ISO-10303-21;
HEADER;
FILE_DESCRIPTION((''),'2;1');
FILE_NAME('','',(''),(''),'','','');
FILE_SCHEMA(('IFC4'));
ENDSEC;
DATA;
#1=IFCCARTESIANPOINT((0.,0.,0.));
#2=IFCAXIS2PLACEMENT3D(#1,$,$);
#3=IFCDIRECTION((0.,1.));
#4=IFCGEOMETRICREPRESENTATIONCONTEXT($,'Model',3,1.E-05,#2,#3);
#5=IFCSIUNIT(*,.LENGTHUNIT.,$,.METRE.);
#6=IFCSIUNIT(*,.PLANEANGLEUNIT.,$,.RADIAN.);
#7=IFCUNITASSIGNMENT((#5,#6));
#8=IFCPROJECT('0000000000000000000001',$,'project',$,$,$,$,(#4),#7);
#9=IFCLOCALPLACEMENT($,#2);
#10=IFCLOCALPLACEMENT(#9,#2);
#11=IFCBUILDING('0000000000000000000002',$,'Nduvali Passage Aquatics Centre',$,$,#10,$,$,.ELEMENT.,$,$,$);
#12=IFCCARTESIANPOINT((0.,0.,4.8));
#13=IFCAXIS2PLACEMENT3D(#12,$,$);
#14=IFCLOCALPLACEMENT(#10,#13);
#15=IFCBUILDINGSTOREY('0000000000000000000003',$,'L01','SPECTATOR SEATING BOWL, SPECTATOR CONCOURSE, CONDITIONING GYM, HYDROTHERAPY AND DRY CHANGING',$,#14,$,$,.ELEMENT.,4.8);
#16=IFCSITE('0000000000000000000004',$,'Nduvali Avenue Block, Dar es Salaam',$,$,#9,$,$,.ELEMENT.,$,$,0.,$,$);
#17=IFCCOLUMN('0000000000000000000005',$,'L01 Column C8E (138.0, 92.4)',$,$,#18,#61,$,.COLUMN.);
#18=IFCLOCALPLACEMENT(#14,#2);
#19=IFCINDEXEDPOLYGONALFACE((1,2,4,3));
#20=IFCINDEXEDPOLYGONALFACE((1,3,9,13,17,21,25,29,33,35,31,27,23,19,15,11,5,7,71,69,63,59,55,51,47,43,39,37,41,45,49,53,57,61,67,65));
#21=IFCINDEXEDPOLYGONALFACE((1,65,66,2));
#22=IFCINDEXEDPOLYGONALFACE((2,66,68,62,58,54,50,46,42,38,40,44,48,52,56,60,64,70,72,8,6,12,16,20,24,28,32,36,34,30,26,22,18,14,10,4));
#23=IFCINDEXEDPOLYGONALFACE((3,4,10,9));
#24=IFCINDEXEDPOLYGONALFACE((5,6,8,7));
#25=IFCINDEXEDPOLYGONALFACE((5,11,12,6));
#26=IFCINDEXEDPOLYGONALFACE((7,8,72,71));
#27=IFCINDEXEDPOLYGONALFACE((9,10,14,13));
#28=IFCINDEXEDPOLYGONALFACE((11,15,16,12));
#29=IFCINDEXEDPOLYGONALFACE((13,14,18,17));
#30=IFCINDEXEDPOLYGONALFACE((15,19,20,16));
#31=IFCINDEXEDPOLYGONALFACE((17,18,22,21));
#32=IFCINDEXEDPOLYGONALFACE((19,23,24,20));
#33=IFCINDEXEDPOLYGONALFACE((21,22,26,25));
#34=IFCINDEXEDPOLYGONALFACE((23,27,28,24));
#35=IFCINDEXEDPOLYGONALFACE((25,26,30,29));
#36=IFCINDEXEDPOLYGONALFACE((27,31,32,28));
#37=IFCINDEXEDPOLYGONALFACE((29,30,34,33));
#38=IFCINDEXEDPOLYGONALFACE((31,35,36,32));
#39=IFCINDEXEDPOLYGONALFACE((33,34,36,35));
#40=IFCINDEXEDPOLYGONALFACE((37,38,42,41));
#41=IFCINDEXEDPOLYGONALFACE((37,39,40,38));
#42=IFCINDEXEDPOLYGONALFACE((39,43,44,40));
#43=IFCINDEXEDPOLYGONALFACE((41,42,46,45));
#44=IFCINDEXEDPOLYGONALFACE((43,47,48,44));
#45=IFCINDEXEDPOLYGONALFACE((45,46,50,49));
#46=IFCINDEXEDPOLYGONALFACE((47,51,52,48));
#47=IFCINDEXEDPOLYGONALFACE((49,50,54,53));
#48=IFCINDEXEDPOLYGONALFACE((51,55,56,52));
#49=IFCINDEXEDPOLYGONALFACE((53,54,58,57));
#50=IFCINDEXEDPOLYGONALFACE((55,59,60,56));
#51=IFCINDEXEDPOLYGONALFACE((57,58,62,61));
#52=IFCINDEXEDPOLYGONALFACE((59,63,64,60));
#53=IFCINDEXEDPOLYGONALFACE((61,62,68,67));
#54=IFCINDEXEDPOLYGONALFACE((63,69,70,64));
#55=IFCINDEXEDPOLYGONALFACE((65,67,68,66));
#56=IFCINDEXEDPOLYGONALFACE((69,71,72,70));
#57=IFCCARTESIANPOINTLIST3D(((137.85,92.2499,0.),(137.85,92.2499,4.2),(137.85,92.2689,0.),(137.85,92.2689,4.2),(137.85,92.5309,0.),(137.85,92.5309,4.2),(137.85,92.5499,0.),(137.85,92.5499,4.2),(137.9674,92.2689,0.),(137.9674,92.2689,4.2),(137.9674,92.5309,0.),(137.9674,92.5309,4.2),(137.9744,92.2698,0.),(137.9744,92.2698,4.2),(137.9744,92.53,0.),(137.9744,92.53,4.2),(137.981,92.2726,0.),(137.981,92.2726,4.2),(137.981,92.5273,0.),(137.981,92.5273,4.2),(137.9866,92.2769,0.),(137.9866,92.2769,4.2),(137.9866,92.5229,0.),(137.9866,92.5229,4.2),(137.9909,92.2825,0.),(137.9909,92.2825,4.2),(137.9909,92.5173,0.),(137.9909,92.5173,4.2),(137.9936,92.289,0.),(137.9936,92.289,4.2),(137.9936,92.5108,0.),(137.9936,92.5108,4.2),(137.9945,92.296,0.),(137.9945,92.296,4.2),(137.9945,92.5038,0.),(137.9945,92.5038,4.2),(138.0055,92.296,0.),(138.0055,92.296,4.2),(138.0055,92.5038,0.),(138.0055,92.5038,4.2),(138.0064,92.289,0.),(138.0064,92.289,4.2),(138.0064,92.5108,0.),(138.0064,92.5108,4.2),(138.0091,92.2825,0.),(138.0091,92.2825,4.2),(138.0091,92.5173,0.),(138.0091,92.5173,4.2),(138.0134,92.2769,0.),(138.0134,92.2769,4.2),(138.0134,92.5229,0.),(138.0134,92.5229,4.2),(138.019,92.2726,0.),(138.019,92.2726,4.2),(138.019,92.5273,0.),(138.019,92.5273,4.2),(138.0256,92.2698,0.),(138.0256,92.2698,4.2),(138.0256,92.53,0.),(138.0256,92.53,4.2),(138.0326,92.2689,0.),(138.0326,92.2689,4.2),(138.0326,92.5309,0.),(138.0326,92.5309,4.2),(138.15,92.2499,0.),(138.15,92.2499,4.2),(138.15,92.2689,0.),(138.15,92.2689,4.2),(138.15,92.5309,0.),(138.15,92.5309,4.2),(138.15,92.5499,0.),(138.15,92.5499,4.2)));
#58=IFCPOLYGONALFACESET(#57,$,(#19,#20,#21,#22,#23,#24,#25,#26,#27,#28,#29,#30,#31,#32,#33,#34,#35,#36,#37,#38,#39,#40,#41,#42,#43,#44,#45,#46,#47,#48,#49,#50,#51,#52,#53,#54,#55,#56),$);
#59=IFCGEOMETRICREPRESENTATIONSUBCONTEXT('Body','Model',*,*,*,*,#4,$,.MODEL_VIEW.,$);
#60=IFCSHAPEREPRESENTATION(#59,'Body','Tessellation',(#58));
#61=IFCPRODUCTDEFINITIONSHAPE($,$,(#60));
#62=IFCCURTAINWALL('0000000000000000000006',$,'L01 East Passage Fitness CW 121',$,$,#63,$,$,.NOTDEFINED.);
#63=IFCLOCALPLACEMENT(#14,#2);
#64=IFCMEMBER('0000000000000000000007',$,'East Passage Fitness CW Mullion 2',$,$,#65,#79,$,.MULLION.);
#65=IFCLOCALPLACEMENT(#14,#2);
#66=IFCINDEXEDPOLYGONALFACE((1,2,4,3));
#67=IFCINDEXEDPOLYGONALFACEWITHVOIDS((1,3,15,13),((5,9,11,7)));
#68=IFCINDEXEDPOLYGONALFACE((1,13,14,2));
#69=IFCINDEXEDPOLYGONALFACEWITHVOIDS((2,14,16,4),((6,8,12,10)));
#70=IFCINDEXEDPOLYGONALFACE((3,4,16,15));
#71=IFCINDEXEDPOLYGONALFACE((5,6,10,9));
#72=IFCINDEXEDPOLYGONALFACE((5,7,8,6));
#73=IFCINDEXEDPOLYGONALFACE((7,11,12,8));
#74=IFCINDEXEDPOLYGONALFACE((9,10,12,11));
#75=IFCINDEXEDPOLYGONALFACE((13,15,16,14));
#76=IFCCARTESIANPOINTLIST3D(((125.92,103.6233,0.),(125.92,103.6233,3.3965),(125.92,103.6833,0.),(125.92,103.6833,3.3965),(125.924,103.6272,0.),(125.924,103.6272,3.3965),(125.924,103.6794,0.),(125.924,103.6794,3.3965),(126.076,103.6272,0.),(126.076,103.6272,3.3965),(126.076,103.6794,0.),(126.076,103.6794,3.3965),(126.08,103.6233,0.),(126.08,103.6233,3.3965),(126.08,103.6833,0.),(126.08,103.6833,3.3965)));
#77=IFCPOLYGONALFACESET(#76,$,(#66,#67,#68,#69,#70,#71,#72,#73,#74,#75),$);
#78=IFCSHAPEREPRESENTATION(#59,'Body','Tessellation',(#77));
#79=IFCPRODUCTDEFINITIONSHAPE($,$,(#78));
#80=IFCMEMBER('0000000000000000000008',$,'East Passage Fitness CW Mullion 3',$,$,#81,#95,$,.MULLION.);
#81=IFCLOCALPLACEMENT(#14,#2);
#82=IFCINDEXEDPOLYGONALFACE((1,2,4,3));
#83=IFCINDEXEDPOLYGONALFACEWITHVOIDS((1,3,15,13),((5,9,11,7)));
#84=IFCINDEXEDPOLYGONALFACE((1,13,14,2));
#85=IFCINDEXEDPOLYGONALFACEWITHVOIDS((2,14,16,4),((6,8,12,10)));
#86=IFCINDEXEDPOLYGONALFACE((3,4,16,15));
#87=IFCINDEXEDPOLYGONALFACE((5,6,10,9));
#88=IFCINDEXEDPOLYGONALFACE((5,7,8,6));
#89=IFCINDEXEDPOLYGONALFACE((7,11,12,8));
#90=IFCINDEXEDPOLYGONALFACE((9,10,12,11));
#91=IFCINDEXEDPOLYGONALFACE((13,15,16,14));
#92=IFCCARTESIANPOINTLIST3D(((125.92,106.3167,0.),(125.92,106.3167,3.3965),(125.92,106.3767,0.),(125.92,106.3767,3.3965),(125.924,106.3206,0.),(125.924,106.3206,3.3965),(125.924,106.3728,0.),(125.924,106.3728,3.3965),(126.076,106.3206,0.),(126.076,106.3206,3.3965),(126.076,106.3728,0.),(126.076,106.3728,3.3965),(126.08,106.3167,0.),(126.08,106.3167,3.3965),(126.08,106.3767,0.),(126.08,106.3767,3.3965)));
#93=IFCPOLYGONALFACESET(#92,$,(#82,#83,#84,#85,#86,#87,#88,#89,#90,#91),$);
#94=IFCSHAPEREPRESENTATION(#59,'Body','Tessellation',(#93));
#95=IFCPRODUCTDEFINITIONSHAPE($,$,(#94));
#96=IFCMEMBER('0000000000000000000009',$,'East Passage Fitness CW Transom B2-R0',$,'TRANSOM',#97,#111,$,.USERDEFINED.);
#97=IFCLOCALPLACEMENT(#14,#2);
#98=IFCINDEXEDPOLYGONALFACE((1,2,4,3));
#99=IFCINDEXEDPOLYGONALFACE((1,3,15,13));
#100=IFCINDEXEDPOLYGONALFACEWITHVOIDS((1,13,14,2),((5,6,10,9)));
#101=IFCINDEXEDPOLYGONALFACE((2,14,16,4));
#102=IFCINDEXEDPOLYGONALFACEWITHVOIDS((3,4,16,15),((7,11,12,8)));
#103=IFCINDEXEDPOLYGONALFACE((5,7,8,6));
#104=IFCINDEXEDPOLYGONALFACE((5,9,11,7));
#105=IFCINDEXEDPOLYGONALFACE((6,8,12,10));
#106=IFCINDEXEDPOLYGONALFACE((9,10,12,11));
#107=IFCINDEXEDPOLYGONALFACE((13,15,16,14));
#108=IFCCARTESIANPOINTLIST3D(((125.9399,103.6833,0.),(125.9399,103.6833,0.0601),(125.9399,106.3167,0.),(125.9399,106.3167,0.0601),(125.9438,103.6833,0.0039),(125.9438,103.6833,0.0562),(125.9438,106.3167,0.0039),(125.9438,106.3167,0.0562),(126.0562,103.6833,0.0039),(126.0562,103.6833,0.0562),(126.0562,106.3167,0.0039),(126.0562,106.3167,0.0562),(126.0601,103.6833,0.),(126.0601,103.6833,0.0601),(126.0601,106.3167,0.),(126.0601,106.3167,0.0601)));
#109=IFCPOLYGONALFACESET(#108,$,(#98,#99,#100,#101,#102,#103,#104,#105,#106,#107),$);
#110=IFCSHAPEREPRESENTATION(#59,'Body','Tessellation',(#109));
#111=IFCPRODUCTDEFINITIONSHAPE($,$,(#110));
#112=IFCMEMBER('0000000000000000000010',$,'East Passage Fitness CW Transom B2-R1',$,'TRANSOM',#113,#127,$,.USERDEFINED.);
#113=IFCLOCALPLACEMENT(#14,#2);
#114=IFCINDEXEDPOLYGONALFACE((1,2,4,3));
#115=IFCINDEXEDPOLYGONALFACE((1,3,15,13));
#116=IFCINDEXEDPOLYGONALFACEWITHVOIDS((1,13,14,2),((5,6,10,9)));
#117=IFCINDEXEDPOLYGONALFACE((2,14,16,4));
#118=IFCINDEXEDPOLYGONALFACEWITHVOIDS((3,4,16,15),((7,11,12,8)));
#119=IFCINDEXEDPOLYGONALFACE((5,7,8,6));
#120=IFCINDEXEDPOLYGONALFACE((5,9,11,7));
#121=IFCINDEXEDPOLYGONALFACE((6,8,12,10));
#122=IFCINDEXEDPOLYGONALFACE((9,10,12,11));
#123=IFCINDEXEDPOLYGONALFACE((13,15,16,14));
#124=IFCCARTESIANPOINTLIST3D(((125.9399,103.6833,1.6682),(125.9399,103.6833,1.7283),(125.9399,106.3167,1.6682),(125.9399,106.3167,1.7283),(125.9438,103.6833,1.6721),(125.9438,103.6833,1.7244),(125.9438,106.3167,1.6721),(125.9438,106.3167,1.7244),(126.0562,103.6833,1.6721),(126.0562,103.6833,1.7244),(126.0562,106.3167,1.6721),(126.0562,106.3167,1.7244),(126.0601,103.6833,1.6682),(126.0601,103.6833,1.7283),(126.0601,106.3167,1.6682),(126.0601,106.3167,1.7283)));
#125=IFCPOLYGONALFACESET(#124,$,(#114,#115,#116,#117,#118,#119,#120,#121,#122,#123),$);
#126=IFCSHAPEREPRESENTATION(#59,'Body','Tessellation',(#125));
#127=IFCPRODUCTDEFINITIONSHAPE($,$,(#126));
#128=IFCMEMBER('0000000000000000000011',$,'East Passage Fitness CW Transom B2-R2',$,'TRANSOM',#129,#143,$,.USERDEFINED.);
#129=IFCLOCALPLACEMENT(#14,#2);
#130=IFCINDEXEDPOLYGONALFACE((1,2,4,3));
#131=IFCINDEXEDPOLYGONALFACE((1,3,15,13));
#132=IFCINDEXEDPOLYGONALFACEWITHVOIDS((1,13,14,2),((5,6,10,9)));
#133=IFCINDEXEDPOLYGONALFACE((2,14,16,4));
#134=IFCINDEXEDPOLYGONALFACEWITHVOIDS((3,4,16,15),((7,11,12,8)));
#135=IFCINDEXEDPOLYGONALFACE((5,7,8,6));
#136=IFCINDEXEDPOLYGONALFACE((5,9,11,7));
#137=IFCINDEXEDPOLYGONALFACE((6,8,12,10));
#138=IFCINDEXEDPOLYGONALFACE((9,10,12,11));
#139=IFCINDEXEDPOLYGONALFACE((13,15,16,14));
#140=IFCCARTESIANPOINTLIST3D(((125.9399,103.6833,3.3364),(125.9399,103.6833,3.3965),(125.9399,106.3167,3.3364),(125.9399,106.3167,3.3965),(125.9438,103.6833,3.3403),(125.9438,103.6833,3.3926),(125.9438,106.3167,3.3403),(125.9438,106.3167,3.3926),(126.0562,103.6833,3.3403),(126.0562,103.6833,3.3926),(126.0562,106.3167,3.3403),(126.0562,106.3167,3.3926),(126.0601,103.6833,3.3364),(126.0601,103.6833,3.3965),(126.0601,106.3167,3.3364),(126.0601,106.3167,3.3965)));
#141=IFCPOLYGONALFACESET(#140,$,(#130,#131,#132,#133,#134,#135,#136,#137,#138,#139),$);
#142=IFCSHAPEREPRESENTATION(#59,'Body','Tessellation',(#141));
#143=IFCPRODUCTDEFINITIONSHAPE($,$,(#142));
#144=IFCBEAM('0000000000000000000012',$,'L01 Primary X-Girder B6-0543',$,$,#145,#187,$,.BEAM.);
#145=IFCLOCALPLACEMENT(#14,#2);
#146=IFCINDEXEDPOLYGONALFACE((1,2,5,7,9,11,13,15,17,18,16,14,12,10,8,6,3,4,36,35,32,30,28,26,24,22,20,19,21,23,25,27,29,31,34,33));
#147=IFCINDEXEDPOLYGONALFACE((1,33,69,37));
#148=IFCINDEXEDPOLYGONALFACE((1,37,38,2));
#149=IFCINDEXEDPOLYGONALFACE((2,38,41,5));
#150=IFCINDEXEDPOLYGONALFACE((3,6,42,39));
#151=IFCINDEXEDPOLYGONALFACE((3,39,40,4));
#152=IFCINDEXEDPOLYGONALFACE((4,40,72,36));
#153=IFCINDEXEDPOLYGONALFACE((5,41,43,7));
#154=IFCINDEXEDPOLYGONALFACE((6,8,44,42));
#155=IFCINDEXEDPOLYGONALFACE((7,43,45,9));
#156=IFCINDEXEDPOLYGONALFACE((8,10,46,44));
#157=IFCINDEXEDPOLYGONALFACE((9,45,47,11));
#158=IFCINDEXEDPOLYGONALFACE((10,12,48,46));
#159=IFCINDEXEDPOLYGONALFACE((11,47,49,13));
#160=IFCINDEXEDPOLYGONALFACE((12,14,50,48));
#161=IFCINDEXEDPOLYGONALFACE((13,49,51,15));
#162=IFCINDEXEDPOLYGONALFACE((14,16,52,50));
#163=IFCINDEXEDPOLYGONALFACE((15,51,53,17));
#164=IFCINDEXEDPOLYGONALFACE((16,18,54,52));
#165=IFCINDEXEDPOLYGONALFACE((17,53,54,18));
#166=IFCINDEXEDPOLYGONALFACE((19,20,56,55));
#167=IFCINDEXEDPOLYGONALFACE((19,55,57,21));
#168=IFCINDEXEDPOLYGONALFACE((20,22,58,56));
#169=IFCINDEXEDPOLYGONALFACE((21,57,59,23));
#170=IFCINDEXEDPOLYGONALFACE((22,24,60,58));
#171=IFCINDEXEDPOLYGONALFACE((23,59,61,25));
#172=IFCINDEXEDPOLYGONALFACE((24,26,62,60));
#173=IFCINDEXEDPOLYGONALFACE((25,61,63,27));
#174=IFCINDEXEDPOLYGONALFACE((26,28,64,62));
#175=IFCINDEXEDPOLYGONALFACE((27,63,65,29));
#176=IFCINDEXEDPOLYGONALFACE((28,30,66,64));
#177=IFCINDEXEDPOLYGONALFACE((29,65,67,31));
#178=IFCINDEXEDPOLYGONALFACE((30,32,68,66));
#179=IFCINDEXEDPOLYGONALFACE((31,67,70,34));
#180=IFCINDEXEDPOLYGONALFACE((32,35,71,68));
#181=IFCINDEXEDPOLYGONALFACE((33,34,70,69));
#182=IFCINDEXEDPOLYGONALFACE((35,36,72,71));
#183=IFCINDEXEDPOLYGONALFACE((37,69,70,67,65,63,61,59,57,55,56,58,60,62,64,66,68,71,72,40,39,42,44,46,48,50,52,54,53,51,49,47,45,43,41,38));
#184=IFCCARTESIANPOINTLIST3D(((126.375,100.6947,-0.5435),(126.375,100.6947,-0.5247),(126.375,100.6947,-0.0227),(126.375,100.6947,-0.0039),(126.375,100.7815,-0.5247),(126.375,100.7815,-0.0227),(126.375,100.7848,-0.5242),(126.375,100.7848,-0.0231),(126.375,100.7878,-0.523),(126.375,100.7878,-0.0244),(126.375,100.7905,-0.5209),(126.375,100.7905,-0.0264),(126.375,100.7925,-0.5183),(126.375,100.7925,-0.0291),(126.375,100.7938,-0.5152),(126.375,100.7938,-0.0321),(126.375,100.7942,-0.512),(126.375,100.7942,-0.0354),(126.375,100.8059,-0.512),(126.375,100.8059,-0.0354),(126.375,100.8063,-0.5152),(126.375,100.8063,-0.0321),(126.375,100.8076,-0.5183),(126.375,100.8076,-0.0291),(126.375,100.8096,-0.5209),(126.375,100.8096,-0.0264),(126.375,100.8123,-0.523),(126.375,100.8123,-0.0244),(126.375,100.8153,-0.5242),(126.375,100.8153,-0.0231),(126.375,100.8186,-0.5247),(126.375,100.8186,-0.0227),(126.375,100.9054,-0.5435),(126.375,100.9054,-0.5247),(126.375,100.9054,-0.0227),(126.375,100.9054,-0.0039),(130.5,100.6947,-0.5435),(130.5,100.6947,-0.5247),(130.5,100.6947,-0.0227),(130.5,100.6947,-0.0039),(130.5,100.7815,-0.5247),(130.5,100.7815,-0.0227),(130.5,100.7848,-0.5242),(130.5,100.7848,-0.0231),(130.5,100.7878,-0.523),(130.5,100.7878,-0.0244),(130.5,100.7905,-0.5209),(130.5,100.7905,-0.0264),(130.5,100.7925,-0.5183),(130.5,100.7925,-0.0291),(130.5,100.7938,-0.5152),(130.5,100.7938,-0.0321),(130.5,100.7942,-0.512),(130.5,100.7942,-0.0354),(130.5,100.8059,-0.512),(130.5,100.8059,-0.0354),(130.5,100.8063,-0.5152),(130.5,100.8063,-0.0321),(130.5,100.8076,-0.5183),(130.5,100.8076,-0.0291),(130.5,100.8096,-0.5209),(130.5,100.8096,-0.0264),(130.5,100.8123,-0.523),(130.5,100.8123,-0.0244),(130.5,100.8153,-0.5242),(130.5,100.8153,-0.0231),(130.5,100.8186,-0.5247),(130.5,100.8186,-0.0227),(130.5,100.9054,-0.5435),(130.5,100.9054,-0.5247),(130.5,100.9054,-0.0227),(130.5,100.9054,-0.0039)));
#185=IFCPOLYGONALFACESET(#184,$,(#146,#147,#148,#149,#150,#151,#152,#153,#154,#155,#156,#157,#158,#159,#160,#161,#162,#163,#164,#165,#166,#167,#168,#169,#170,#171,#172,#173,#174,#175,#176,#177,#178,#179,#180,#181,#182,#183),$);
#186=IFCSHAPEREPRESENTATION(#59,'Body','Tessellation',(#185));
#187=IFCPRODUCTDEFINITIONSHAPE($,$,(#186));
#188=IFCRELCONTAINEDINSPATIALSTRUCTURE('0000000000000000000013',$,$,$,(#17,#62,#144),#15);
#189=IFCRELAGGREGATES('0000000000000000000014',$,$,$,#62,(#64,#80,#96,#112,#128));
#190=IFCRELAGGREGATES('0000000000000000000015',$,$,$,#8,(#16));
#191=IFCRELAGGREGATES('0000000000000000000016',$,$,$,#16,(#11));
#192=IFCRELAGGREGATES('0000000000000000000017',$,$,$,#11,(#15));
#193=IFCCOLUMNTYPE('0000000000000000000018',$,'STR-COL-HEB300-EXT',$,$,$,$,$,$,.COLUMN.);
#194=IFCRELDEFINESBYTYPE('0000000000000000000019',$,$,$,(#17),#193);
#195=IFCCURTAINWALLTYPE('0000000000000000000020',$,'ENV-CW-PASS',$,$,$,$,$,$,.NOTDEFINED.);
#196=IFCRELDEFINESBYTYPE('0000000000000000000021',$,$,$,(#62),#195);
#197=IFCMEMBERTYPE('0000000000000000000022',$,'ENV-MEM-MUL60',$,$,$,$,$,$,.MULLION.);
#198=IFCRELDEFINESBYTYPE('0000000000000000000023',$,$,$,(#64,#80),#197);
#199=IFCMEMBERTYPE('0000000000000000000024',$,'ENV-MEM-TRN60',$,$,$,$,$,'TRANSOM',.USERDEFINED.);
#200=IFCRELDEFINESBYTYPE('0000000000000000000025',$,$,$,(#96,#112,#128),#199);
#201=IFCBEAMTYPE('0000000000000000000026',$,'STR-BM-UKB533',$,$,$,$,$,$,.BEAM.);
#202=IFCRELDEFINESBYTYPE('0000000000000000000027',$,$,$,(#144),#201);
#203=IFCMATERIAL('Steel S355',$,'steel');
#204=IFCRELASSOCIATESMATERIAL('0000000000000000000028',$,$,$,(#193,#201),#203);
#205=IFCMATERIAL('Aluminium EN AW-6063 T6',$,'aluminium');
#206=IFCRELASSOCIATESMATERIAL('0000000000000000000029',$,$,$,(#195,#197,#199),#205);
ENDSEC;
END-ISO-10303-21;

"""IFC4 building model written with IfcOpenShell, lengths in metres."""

from ifc_helpers import new_model, si_unit, direction, frame, origin, origin_2d, place, context, subcontext, project, spatial, hollow_rectangle, i_section, extrude, material, material_profile, profile_set, type_object, element, aggregate, save


model = new_model("IFC4")

# Units and contexts
model_context = context("Model", 3, precision=1e-05, world=origin(), true_north=direction((0.0, 1.0)))
body_context = subcontext(model_context, "Body", "Model", "MODEL_VIEW")
ifc_project = project(units=[si_unit("LENGTHUNIT", "METRE"), si_unit("PLANEANGLEUNIT", "RADIAN")], contexts=[model_context])

# Site, building, storey
site_placement = place(None, origin())
site = spatial("IfcSite", under=ifc_project, at=site_placement, Name="Nduvali Avenue Block, Dar es Salaam", CompositionType="ELEMENT", RefElevation=0.0)
building_placement = place(site_placement, origin())
building = spatial("IfcBuilding", under=site, at=building_placement, Name="Nduvali Passage Aquatics Centre", CompositionType="ELEMENT")
storey_placement = place(building_placement, frame((0.0, 0.0, 4.8)))
storey = spatial("IfcBuildingStorey", under=building, at=storey_placement, Name="L01", Description="SPECTATOR SEATING BOWL, SPECTATOR CONCOURSE, CONDITIONING GYM, HYDROTHERAPY AND DRY CHANGING", CompositionType="ELEMENT", Elevation=4.8)

# Column
ifc_material_1 = material(Name="Steel S355", Category="steel")
ifc_material_profile_1 = material_profile(ifc_material_1, i_section(OverallWidth=0.3, OverallDepth=0.3, WebThickness=0.011, FlangeThickness=0.019, FilletRadius=0.0271, at=origin_2d()), Name="HEB 300")
ifc_profile_set_1 = profile_set([ifc_material_profile_1], Name="Steel S355")
column_type = type_object("IfcColumnType", Name="STR-COL-HEB300-EXT", PredefinedType="COLUMN", material=ifc_profile_set_1)
column_placement = place(storey_placement, frame((138.0, 92.3999, 0.0), z_axis=(0.0, 0.0, 1.0), x_axis=(1.0, 0.0, 0.0)))
element("IfcColumn", 1, at=column_placement, inside=storey, type_object=column_type, Name="L01 Column C8E (138.0, 92.4)", PredefinedType="COLUMN", context=body_context, shape_type="SweptSolid", body=[
    extrude(i_section(OverallWidth=0.3, OverallDepth=0.3, WebThickness=0.011, FlangeThickness=0.019, FilletRadius=0.0271, at=origin_2d()), origin(), (0.0, 0.0, 1.0), 4.2),
])

# Curtain wall, members
ifc_material_2 = material(Name="Aluminium EN AW-6063 T6", Category="aluminium")
curtain_wall_type = type_object("IfcCurtainWallType", Name="ENV-CW-PASS", PredefinedType="NOTDEFINED", material=ifc_material_2)
curtain_wall_placement = place(storey_placement, origin())
curtain_wall = element("IfcCurtainWall", 2, at=curtain_wall_placement, inside=storey, type_object=curtain_wall_type, Name="L01 East Passage Fitness CW 121", PredefinedType="NOTDEFINED")
ifc_material_profile_2 = material_profile(ifc_material_2, hollow_rectangle(XDim=0.0601, YDim=0.1599, WallThickness=0.0039, at=origin_2d()), Name="ALU MULLION 60x160x4")
ifc_profile_set_2 = profile_set([ifc_material_profile_2], Name="Aluminium EN AW-6063 T6")
member_type_1 = type_object("IfcMemberType", Name="ENV-MEM-MUL60", PredefinedType="MULLION", material=ifc_profile_set_2)
member_1_placement = place(storey_placement, frame((126.0, 103.6533, 0.0), z_axis=(0.0, 0.0, 1.0), x_axis=(0.0, 1.0, 0.0)))
member_1 = element("IfcMember", 3, at=member_1_placement, type_object=member_type_1, Name="East Passage Fitness CW Mullion 2", PredefinedType="MULLION", context=body_context, shape_type="SweptSolid", body=[
    extrude(hollow_rectangle(XDim=0.0601, YDim=0.1599, WallThickness=0.0039, at=origin_2d()), origin(), (0.0, 0.0, 1.0), 3.3965),
])
member_2_placement = place(storey_placement, frame((126.0, 106.3467, 0.0), z_axis=(0.0, 0.0, 1.0), x_axis=(0.0, 1.0, 0.0)))
member_2 = element("IfcMember", 4, at=member_2_placement, type_object=member_type_1, Name="East Passage Fitness CW Mullion 3", PredefinedType="MULLION", context=body_context, shape_type="SweptSolid", body=[
    extrude(hollow_rectangle(XDim=0.0601, YDim=0.1599, WallThickness=0.0039, at=origin_2d()), origin(), (0.0, 0.0, 1.0), 3.3965),
])
ifc_material_profile_3 = material_profile(ifc_material_2, hollow_rectangle(XDim=0.1201, YDim=0.0601, WallThickness=0.0039, at=origin_2d()), Name="ALU TRANSOM 120x60x4")
ifc_profile_set_3 = profile_set([ifc_material_profile_3], Name="Aluminium EN AW-6063 T6")
member_type_2 = type_object("IfcMemberType", Name="ENV-MEM-TRN60", ElementType="TRANSOM", PredefinedType="USERDEFINED", material=ifc_profile_set_3)
member_3_placement = place(storey_placement, frame((126.0, 103.6833, 0.03), z_axis=(0.0, 1.0, 0.0), x_axis=(-1.0, 0.0, 0.0)))
member_3 = element("IfcMember", 5, at=member_3_placement, type_object=member_type_2, Name="East Passage Fitness CW Transom B2-R0", ObjectType="TRANSOM", PredefinedType="USERDEFINED", context=body_context, shape_type="SweptSolid", body=[
    extrude(hollow_rectangle(XDim=0.1201, YDim=0.0601, WallThickness=0.0039, at=origin_2d()), origin(), (0.0, 0.0, 1.0), 2.6333),
])
member_4_placement = place(storey_placement, frame((126.0, 103.6833, 1.6982), z_axis=(0.0, 1.0, 0.0), x_axis=(-1.0, 0.0, 0.0)))
member_4 = element("IfcMember", 6, at=member_4_placement, type_object=member_type_2, Name="East Passage Fitness CW Transom B2-R1", ObjectType="TRANSOM", PredefinedType="USERDEFINED", context=body_context, shape_type="SweptSolid", body=[
    extrude(hollow_rectangle(XDim=0.1201, YDim=0.0601, WallThickness=0.0039, at=origin_2d()), origin(), (0.0, 0.0, 1.0), 2.6333),
])
member_5_placement = place(storey_placement, frame((126.0, 103.6833, 3.3665), z_axis=(0.0, 1.0, 0.0), x_axis=(-1.0, 0.0, 0.0)))
member_5 = element("IfcMember", 7, at=member_5_placement, type_object=member_type_2, Name="East Passage Fitness CW Transom B2-R2", ObjectType="TRANSOM", PredefinedType="USERDEFINED", context=body_context, shape_type="SweptSolid", body=[
    extrude(hollow_rectangle(XDim=0.1201, YDim=0.0601, WallThickness=0.0039, at=origin_2d()), origin(), (0.0, 0.0, 1.0), 2.6333),
])

# Beam
ifc_material_profile_4 = material_profile(ifc_material_1, i_section(OverallWidth=0.2107, OverallDepth=0.5396, WebThickness=0.0117, FlangeThickness=0.0188, FilletRadius=0.0127, at=origin_2d()), Name="UKB 533x210x109")
ifc_profile_set_4 = profile_set([ifc_material_profile_4], Name="Steel S355")
beam_type_1 = type_object("IfcBeamType", Name="STR-BM-UKB533", PredefinedType="BEAM", material=ifc_profile_set_4)
beam_1_placement = place(storey_placement, frame((126.375, 100.8, -0.2737), z_axis=(1.0, 0.0, 0.0), x_axis=(0.0, 1.0, 0.0)))
element("IfcBeam", 8, at=beam_1_placement, inside=storey, type_object=beam_type_1, Name="L01 Primary X-Girder B6-0543", PredefinedType="BEAM", context=body_context, shape_type="SweptSolid", body=[
    extrude(i_section(OverallWidth=0.2107, OverallDepth=0.5396, WebThickness=0.0117, FlangeThickness=0.0188, FilletRadius=0.0127, at=origin_2d()), origin(), (0.0, 0.0, 1.0), 4.125),
])

aggregate(curtain_wall, [member_1, member_2, member_3, member_4, member_5])

save(model, "model.ifc")
